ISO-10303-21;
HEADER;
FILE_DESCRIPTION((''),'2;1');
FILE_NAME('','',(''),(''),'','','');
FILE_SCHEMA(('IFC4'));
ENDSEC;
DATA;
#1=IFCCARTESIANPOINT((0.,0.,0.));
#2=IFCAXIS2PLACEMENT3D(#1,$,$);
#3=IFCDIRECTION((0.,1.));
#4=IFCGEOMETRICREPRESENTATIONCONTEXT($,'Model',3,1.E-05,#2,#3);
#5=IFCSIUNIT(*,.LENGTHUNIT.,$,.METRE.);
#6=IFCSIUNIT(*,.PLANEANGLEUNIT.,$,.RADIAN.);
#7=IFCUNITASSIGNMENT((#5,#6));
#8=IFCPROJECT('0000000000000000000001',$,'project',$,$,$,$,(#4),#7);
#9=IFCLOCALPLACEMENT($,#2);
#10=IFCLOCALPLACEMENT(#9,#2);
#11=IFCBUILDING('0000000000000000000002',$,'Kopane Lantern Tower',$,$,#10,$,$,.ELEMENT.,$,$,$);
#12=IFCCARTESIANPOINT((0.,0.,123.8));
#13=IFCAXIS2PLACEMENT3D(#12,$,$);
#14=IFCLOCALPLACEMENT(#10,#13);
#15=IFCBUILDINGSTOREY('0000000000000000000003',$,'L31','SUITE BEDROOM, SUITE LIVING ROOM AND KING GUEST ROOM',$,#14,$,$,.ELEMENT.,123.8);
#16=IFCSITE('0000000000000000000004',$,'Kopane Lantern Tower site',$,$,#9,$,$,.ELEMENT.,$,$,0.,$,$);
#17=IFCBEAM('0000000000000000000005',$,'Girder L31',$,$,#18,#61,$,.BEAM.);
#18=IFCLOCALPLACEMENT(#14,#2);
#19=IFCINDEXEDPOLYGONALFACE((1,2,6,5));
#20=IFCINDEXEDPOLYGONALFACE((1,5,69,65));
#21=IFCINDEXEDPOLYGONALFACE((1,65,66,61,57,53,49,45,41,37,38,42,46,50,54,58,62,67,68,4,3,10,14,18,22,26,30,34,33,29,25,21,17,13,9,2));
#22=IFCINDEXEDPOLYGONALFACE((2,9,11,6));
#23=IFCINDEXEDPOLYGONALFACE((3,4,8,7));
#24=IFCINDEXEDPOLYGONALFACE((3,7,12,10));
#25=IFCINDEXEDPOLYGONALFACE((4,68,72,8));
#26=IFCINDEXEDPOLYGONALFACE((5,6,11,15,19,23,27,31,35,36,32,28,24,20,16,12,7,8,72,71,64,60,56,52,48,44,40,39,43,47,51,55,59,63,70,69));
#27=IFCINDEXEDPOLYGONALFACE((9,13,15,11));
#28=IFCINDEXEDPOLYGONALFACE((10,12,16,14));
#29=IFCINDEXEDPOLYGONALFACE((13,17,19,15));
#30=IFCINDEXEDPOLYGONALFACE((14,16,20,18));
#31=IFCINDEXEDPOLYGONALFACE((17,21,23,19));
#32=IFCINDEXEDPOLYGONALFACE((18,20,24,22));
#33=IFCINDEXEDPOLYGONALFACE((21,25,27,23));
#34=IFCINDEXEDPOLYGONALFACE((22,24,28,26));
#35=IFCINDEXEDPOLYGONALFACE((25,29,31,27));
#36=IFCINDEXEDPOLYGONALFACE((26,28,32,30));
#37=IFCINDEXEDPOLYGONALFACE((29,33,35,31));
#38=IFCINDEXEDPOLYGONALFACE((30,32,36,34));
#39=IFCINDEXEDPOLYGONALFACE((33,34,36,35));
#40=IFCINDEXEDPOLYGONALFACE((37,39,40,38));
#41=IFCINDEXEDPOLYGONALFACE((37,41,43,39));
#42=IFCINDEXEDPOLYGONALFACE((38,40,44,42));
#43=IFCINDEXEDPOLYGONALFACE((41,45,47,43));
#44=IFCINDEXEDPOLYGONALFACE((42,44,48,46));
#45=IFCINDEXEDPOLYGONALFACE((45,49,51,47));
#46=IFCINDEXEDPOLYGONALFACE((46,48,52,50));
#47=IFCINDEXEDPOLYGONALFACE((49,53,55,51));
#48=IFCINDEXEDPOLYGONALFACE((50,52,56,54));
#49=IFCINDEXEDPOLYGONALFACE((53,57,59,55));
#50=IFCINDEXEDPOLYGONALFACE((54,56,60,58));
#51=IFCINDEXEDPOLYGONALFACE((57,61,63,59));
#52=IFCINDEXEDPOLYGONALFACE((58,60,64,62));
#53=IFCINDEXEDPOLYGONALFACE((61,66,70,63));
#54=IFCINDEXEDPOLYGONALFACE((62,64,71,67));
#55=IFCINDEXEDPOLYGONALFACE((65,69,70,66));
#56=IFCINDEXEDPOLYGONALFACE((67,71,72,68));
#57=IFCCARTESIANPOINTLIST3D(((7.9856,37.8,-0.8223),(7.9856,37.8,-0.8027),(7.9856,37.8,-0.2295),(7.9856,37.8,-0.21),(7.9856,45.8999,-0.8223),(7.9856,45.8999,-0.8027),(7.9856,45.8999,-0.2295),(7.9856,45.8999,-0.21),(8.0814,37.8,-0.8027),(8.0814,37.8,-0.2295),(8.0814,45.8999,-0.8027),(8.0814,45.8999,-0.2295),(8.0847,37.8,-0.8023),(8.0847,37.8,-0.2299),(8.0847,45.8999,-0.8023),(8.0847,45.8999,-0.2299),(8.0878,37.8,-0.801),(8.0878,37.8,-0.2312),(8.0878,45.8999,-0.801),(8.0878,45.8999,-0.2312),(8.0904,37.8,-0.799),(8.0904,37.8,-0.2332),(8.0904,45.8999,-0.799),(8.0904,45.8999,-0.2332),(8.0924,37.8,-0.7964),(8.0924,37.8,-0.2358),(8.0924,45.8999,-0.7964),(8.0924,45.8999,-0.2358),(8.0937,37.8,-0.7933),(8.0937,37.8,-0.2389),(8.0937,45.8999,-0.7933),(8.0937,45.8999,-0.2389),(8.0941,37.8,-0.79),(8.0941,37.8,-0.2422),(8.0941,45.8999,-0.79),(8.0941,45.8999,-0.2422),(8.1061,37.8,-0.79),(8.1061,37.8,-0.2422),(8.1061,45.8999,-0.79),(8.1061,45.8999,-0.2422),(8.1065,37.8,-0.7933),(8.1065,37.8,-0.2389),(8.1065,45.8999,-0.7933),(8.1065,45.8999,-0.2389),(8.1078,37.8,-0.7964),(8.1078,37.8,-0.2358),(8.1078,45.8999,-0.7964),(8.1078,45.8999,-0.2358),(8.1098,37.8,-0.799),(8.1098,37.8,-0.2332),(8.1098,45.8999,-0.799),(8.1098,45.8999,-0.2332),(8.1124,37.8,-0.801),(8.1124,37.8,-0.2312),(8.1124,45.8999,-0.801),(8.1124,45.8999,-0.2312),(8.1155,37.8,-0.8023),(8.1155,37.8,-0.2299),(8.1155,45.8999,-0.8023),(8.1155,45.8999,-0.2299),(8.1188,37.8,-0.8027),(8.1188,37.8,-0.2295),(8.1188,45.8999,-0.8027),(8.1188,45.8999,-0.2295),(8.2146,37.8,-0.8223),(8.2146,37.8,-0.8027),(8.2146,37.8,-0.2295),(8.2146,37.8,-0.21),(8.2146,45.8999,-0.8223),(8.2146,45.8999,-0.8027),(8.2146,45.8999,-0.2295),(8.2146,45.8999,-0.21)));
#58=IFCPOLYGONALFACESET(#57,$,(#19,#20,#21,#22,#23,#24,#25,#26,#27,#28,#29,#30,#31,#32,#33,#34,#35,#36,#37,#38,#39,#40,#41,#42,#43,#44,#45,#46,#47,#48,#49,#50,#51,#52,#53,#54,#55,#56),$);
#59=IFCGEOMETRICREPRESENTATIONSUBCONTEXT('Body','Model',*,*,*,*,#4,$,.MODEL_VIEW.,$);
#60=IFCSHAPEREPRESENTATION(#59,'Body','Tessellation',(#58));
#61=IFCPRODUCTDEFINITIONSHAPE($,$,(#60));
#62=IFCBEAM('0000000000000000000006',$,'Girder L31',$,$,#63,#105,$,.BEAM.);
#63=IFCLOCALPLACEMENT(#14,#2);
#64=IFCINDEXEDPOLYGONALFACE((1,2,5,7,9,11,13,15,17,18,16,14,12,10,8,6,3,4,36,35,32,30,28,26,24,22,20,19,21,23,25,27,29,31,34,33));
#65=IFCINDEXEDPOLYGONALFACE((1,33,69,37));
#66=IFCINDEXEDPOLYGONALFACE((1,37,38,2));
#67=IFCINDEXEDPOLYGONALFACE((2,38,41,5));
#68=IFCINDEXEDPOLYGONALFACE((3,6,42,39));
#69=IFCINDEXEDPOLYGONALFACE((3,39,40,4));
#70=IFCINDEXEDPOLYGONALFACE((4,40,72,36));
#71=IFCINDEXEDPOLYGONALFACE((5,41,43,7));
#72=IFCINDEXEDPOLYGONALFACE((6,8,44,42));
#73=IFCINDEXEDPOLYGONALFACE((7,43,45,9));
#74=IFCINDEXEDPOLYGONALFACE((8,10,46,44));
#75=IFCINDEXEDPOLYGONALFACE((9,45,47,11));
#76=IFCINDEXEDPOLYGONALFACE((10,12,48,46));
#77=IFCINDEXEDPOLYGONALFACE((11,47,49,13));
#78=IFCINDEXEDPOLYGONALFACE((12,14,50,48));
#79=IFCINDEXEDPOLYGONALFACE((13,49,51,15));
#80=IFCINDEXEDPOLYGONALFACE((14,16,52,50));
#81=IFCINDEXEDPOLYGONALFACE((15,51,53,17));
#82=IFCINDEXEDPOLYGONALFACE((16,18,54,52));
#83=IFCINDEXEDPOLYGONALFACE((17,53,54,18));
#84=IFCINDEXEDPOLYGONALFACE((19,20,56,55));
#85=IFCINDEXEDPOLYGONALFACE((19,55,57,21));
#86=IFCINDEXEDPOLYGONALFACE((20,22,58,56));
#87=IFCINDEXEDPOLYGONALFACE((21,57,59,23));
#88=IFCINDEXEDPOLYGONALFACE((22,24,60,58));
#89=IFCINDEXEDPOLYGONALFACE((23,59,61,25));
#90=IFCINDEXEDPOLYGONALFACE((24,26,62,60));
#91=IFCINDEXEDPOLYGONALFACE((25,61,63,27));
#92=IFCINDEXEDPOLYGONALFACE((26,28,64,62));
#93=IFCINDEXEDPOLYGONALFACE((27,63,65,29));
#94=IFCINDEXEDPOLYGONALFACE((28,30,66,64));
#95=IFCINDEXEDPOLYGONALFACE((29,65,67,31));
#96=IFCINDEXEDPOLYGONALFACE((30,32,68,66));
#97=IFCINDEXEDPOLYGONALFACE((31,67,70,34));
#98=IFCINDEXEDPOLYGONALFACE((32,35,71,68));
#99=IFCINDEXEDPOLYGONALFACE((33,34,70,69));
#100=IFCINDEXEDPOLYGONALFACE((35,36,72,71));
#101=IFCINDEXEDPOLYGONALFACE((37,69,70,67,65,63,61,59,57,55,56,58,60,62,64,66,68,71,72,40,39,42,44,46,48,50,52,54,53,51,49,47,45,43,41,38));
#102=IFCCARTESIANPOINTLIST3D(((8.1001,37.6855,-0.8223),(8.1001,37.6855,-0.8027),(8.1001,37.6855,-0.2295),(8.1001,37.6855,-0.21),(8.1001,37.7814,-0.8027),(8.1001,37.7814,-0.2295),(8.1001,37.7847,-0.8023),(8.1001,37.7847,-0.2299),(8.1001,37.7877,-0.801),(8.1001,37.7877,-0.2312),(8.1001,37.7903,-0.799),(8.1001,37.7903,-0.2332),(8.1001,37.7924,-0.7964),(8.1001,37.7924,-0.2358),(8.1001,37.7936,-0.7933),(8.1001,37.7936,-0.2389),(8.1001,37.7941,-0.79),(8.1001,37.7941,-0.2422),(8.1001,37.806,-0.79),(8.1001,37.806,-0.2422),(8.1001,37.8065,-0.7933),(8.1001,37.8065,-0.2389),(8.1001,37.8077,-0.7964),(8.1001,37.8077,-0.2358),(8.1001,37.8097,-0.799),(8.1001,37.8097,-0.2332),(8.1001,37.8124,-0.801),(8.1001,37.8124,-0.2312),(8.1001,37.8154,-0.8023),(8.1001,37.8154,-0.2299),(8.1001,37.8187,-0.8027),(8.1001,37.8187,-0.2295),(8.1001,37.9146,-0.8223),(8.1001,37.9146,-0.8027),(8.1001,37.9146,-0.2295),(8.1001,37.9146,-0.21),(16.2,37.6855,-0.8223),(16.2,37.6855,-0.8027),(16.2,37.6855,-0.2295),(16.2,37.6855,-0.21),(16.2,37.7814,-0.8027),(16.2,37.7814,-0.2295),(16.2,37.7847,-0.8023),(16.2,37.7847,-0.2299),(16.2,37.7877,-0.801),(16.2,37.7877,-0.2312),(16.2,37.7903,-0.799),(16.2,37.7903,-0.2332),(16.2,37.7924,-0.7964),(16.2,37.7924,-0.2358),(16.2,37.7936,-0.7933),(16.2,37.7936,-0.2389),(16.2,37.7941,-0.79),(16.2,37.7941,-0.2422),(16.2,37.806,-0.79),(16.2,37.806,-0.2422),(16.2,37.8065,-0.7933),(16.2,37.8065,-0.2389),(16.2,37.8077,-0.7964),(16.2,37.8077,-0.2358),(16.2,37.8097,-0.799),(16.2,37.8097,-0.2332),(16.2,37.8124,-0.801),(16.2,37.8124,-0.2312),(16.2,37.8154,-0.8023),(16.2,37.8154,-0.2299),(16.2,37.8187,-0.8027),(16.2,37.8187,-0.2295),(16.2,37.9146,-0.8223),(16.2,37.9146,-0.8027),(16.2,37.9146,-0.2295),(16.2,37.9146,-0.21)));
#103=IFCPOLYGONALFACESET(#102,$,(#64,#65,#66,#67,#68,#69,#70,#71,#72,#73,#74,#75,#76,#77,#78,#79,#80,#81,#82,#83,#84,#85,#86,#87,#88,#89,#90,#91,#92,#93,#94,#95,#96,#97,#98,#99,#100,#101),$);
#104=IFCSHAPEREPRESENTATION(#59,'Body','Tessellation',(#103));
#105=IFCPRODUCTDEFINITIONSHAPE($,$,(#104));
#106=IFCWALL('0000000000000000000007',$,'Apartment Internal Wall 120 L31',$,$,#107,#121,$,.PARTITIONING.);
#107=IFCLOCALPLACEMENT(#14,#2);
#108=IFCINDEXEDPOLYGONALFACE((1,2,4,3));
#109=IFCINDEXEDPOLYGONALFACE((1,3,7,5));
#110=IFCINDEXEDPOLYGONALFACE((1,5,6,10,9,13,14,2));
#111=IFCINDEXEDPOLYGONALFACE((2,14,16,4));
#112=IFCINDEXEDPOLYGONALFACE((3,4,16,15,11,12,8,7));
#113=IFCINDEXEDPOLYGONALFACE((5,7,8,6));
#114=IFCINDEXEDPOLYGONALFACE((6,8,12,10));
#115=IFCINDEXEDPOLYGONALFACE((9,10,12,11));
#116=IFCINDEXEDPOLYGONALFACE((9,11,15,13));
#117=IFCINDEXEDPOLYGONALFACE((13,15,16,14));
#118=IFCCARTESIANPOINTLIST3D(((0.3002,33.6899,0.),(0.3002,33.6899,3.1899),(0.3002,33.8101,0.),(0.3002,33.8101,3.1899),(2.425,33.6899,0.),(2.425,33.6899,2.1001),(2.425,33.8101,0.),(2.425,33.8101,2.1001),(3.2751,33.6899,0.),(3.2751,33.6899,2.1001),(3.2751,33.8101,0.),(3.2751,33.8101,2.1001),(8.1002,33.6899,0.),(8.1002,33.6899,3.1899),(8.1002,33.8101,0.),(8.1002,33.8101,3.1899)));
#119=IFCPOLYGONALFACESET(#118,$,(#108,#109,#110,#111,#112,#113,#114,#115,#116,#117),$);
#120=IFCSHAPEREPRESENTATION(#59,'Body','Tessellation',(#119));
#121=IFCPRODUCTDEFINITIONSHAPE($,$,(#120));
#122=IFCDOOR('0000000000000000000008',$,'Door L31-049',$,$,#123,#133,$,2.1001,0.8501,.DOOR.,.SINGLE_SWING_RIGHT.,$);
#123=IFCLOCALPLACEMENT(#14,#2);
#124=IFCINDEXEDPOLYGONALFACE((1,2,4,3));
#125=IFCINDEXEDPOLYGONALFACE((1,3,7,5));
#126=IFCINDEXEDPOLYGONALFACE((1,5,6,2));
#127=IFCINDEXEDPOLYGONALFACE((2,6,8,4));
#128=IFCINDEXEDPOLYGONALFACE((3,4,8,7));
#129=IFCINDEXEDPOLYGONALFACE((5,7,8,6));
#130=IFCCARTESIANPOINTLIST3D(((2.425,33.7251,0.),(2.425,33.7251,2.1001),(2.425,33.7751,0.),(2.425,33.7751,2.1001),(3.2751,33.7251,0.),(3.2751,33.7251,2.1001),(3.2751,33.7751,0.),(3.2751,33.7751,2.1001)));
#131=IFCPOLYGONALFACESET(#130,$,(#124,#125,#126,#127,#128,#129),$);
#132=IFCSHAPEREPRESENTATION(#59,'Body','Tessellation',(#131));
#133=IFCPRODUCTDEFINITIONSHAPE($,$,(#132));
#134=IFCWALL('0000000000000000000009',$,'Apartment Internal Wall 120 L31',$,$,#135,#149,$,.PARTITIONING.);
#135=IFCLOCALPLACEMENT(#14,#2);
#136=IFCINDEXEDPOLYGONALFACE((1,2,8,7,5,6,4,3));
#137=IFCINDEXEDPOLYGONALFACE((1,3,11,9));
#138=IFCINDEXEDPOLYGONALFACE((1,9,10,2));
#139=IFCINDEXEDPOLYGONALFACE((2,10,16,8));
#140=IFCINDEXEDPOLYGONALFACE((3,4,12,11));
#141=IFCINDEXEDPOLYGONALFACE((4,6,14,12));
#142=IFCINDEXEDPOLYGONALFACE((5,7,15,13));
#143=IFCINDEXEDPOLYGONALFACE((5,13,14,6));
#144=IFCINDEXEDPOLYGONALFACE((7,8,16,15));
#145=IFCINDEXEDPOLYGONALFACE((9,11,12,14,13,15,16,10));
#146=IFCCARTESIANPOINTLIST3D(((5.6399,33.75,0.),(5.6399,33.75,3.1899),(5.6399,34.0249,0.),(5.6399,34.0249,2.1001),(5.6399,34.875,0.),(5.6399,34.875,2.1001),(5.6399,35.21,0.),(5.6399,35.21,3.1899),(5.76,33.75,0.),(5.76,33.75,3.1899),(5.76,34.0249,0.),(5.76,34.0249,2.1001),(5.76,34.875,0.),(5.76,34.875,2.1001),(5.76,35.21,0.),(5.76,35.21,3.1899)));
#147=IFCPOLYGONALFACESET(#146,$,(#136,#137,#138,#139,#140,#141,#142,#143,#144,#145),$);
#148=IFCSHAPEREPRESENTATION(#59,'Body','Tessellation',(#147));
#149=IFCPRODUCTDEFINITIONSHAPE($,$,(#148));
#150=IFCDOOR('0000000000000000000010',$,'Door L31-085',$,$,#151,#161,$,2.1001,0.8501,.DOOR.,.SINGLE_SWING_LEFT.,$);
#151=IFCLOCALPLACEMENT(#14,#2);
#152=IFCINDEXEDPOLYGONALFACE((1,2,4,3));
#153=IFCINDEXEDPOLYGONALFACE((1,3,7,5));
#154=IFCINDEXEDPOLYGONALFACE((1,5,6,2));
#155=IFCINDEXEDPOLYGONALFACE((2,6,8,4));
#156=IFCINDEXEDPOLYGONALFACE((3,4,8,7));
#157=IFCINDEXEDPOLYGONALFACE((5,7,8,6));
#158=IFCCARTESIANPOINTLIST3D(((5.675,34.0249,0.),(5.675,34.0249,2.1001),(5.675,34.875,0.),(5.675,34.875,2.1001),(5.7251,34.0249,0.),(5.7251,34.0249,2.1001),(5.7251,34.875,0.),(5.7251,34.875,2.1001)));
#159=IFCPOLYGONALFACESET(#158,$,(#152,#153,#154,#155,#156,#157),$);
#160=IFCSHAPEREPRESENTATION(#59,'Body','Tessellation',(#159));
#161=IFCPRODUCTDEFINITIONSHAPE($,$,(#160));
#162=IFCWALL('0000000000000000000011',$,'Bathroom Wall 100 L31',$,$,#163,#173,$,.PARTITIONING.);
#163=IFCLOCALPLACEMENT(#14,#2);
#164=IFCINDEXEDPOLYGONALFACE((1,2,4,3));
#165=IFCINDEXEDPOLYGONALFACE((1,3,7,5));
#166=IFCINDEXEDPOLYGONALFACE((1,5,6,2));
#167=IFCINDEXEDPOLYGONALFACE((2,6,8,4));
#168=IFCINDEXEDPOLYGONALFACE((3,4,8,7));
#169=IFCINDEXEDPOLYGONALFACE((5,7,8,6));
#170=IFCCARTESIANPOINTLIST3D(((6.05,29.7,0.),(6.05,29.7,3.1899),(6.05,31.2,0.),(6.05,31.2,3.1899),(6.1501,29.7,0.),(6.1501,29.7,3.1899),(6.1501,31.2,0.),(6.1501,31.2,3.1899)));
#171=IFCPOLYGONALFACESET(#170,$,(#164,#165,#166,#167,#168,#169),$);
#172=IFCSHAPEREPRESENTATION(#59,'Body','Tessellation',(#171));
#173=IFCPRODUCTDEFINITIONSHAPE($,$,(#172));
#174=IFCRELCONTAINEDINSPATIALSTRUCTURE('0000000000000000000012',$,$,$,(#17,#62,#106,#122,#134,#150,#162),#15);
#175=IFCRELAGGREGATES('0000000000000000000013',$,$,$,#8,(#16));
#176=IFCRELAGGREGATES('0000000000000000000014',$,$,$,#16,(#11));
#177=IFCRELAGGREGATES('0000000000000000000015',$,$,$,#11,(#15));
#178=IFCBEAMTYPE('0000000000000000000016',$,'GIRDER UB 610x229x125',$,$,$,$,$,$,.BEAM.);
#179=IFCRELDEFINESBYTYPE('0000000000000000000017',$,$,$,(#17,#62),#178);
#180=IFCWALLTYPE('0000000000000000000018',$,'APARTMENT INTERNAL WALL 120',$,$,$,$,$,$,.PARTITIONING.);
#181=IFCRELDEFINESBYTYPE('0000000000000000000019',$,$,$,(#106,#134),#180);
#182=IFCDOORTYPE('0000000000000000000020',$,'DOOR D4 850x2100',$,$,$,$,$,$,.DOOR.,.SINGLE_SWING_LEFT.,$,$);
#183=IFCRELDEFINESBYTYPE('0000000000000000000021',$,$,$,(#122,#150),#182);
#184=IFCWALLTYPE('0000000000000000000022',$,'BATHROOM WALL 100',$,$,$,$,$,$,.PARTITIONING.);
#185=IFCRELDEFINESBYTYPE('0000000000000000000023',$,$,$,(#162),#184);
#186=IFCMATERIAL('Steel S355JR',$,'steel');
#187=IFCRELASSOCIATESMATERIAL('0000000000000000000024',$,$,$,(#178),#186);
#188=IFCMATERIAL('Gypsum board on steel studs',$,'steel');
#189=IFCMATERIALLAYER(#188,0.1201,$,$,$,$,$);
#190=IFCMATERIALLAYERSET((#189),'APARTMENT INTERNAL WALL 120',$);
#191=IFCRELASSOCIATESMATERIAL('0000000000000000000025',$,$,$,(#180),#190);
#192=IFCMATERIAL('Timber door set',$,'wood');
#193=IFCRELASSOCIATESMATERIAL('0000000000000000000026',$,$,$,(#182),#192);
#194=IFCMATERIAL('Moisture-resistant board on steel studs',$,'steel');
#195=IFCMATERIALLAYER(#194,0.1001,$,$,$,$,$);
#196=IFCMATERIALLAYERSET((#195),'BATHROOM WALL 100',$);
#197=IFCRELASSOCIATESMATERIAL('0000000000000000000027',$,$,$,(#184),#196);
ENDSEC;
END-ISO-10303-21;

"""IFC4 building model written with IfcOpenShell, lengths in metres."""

from ifc_helpers import new_model, si_unit, direction, frame, frame_2d, origin, origin_2d, place, context, subcontext, project, spatial, rectangle, i_section, extrude, material, layer, layer_set, material_profile, profile_set, type_object, element, fill, save


model = new_model("IFC4")

# Units and contexts
model_context = context("Model", 3, precision=1e-05, world=origin(), true_north=direction((0.0, 1.0)))
body_context = subcontext(model_context, "Body", "Model", "MODEL_VIEW")
ifc_project = project(units=[si_unit("LENGTHUNIT", "METRE"), si_unit("PLANEANGLEUNIT", "RADIAN")], contexts=[model_context])

# Site, building, storey
site_placement = place(None, origin())
site = spatial("IfcSite", under=ifc_project, at=site_placement, Name="Kopane Lantern Tower site", CompositionType="ELEMENT", RefElevation=0.0)
building_placement = place(site_placement, origin())
building = spatial("IfcBuilding", under=site, at=building_placement, Name="Kopane Lantern Tower", CompositionType="ELEMENT")
storey_placement = place(building_placement, frame((0.0, 0.0, 123.8)))
storey = spatial("IfcBuildingStorey", under=building, at=storey_placement, Name="L31", Description="SUITE BEDROOM, SUITE LIVING ROOM AND KING GUEST ROOM", CompositionType="ELEMENT", Elevation=123.8)

# Beams
ifc_material_1 = material(Name="Steel S355JR", Category="steel")
ifc_material_profile_1 = material_profile(ifc_material_1, i_section(OverallWidth=0.229, OverallDepth=0.6123, WebThickness=0.012, FlangeThickness=0.0195, FilletRadius=0.0127, at=origin_2d()), Name="UB 610x229x125")
ifc_profile_set_1 = profile_set([ifc_material_profile_1], Name="Steel S355JR")
beam_type = type_object("IfcBeamType", Name="GIRDER UB 610x229x125", PredefinedType="BEAM", material=ifc_profile_set_1)
for number, where, z_axis, x_axis, name in (
    (1, (8.1001, 37.8, -0.5161), (0.0, 1.0, 0.0), (-1.0, 0.0, 0.0), "Girder L31"),
    (2, (8.1001, 37.8, -0.5161), (1.0, 0.0, 0.0), (0.0, 1.0, 0.0), "Girder L31"),
):
    element("IfcBeam", number, at=place(storey_placement, frame(where, z_axis=z_axis, x_axis=x_axis)), inside=storey, type_object=beam_type, Name=name, PredefinedType="BEAM", context=body_context, shape_type="SweptSolid", body=[
        extrude(i_section(OverallWidth=0.229, OverallDepth=0.6123, WebThickness=0.012, FlangeThickness=0.0195, FilletRadius=0.0127, at=origin_2d()), origin(), (0.0, 0.0, 1.0), 8.0999),
    ])

# Walls, openings, doors
ifc_material_2 = material(Name="Gypsum board on steel studs", Category="steel")
ifc_layer_1 = layer(ifc_material_2, 0.1201)
ifc_layer_set_1 = layer_set([ifc_layer_1], Name="APARTMENT INTERNAL WALL 120")
wall_type_1 = type_object("IfcWallType", Name="APARTMENT INTERNAL WALL 120", PredefinedType="PARTITIONING", material=ifc_layer_set_1)
wall_1_placement = place(storey_placement, frame((8.1001, 33.75, 0.0), z_axis=(0.0, 0.0, 1.0), x_axis=(-1.0, 0.0, 0.0)))
wall_1 = element("IfcWall", 3, at=wall_1_placement, inside=storey, type_object=wall_type_1, Name="Apartment Internal Wall 120 L31", PredefinedType="PARTITIONING", context=body_context, shape_type="SweptSolid", body=[
    extrude(rectangle(XDim=7.8, YDim=0.1201, at=frame_2d((3.8999, 0.0))), origin(), (0.0, 0.0, 1.0), 3.1899),
])
opening_1_placement = place(wall_1_placement, frame((4.825, 0.0, 0.0)))
opening_1 = element("IfcOpeningElement", 4, at=opening_1_placement, cuts=wall_1, PredefinedType="OPENING", context=body_context, shape_type="SweptSolid", body=[
    extrude(rectangle(XDim=0.8501, YDim=2.1001, at=frame_2d((0.425, 1.05))), frame((0.0, 0.0701, 0.0), z_axis=(0.0, -1.0, 0.0), x_axis=(1.0, 0.0, 0.0)), (0.0, 0.0, 1.0), 0.1401),
])
ifc_material_3 = material(Name="Timber door set", Category="wood")
door_type_1 = type_object("IfcDoorType", Name="DOOR D4 850x2100", OperationType="SINGLE_SWING_LEFT", PredefinedType="DOOR", material=ifc_material_3)
door_1_placement = place(opening_1_placement, origin())
door_1 = element("IfcDoor", 5, at=door_1_placement, inside=storey, type_object=door_type_1, Name="Door L31-049", OperationType="SINGLE_SWING_RIGHT", OverallHeight=2.1001, OverallWidth=0.8501, PredefinedType="DOOR", context=body_context, shape_type="SweptSolid", body=[
    extrude(rectangle(XDim=0.8501, YDim=2.1001, at=frame_2d((0.425, 1.05))), frame((0.0, 0.0249, 0.0), z_axis=(0.0, -1.0, 0.0), x_axis=(1.0, 0.0, 0.0)), (0.0, 0.0, 1.0), 0.05),
])
fill(opening_1, door_1)
wall_2_placement = place(storey_placement, frame((5.7, 33.75, 0.0), z_axis=(0.0, 0.0, 1.0), x_axis=(0.0, 1.0, 0.0)))
wall_2 = element("IfcWall", 6, at=wall_2_placement, inside=storey, type_object=wall_type_1, Name="Apartment Internal Wall 120 L31", PredefinedType="PARTITIONING", context=body_context, shape_type="SweptSolid", body=[
    extrude(rectangle(XDim=1.46, YDim=0.1201, at=frame_2d((0.73, 0.0))), origin(), (0.0, 0.0, 1.0), 3.1899),
])
opening_2_placement = place(wall_2_placement, frame((0.2749, 0.0, 0.0)))
opening_2 = element("IfcOpeningElement", 7, at=opening_2_placement, cuts=wall_2, PredefinedType="OPENING", context=body_context, shape_type="SweptSolid", body=[
    extrude(rectangle(XDim=0.8501, YDim=2.1001, at=frame_2d((0.425, 1.05))), frame((0.0, 0.0701, 0.0), z_axis=(0.0, -1.0, 0.0), x_axis=(1.0, 0.0, 0.0)), (0.0, 0.0, 1.0), 0.1401),
])
door_2_placement = place(opening_2_placement, origin())
door_2 = element("IfcDoor", 8, at=door_2_placement, inside=storey, type_object=door_type_1, Name="Door L31-085", OperationType="SINGLE_SWING_LEFT", OverallHeight=2.1001, OverallWidth=0.8501, PredefinedType="DOOR", context=body_context, shape_type="SweptSolid", body=[
    extrude(rectangle(XDim=0.8501, YDim=2.1001, at=frame_2d((0.425, 1.05))), frame((0.0, 0.0249, 0.0), z_axis=(0.0, -1.0, 0.0), x_axis=(1.0, 0.0, 0.0)), (0.0, 0.0, 1.0), 0.05),
])
fill(opening_2, door_2)

# Wall
ifc_material_4 = material(Name="Moisture-resistant board on steel studs", Category="steel")
ifc_layer_2 = layer(ifc_material_4, 0.1001)
ifc_layer_set_2 = layer_set([ifc_layer_2], Name="BATHROOM WALL 100")
wall_type_2 = type_object("IfcWallType", Name="BATHROOM WALL 100", PredefinedType="PARTITIONING", material=ifc_layer_set_2)
wall_3_placement = place(storey_placement, frame((6.1001, 29.7, 0.0), z_axis=(0.0, 0.0, 1.0), x_axis=(0.0, 1.0, 0.0)))
element("IfcWall", 9, at=wall_3_placement, inside=storey, type_object=wall_type_2, Name="Bathroom Wall 100 L31", PredefinedType="PARTITIONING", context=body_context, shape_type="SweptSolid", body=[
    extrude(rectangle(XDim=1.5, YDim=0.1001, at=frame_2d((0.75, 0.0))), origin(), (0.0, 0.0, 1.0), 3.1899),
])

save(model, "model.ifc")
